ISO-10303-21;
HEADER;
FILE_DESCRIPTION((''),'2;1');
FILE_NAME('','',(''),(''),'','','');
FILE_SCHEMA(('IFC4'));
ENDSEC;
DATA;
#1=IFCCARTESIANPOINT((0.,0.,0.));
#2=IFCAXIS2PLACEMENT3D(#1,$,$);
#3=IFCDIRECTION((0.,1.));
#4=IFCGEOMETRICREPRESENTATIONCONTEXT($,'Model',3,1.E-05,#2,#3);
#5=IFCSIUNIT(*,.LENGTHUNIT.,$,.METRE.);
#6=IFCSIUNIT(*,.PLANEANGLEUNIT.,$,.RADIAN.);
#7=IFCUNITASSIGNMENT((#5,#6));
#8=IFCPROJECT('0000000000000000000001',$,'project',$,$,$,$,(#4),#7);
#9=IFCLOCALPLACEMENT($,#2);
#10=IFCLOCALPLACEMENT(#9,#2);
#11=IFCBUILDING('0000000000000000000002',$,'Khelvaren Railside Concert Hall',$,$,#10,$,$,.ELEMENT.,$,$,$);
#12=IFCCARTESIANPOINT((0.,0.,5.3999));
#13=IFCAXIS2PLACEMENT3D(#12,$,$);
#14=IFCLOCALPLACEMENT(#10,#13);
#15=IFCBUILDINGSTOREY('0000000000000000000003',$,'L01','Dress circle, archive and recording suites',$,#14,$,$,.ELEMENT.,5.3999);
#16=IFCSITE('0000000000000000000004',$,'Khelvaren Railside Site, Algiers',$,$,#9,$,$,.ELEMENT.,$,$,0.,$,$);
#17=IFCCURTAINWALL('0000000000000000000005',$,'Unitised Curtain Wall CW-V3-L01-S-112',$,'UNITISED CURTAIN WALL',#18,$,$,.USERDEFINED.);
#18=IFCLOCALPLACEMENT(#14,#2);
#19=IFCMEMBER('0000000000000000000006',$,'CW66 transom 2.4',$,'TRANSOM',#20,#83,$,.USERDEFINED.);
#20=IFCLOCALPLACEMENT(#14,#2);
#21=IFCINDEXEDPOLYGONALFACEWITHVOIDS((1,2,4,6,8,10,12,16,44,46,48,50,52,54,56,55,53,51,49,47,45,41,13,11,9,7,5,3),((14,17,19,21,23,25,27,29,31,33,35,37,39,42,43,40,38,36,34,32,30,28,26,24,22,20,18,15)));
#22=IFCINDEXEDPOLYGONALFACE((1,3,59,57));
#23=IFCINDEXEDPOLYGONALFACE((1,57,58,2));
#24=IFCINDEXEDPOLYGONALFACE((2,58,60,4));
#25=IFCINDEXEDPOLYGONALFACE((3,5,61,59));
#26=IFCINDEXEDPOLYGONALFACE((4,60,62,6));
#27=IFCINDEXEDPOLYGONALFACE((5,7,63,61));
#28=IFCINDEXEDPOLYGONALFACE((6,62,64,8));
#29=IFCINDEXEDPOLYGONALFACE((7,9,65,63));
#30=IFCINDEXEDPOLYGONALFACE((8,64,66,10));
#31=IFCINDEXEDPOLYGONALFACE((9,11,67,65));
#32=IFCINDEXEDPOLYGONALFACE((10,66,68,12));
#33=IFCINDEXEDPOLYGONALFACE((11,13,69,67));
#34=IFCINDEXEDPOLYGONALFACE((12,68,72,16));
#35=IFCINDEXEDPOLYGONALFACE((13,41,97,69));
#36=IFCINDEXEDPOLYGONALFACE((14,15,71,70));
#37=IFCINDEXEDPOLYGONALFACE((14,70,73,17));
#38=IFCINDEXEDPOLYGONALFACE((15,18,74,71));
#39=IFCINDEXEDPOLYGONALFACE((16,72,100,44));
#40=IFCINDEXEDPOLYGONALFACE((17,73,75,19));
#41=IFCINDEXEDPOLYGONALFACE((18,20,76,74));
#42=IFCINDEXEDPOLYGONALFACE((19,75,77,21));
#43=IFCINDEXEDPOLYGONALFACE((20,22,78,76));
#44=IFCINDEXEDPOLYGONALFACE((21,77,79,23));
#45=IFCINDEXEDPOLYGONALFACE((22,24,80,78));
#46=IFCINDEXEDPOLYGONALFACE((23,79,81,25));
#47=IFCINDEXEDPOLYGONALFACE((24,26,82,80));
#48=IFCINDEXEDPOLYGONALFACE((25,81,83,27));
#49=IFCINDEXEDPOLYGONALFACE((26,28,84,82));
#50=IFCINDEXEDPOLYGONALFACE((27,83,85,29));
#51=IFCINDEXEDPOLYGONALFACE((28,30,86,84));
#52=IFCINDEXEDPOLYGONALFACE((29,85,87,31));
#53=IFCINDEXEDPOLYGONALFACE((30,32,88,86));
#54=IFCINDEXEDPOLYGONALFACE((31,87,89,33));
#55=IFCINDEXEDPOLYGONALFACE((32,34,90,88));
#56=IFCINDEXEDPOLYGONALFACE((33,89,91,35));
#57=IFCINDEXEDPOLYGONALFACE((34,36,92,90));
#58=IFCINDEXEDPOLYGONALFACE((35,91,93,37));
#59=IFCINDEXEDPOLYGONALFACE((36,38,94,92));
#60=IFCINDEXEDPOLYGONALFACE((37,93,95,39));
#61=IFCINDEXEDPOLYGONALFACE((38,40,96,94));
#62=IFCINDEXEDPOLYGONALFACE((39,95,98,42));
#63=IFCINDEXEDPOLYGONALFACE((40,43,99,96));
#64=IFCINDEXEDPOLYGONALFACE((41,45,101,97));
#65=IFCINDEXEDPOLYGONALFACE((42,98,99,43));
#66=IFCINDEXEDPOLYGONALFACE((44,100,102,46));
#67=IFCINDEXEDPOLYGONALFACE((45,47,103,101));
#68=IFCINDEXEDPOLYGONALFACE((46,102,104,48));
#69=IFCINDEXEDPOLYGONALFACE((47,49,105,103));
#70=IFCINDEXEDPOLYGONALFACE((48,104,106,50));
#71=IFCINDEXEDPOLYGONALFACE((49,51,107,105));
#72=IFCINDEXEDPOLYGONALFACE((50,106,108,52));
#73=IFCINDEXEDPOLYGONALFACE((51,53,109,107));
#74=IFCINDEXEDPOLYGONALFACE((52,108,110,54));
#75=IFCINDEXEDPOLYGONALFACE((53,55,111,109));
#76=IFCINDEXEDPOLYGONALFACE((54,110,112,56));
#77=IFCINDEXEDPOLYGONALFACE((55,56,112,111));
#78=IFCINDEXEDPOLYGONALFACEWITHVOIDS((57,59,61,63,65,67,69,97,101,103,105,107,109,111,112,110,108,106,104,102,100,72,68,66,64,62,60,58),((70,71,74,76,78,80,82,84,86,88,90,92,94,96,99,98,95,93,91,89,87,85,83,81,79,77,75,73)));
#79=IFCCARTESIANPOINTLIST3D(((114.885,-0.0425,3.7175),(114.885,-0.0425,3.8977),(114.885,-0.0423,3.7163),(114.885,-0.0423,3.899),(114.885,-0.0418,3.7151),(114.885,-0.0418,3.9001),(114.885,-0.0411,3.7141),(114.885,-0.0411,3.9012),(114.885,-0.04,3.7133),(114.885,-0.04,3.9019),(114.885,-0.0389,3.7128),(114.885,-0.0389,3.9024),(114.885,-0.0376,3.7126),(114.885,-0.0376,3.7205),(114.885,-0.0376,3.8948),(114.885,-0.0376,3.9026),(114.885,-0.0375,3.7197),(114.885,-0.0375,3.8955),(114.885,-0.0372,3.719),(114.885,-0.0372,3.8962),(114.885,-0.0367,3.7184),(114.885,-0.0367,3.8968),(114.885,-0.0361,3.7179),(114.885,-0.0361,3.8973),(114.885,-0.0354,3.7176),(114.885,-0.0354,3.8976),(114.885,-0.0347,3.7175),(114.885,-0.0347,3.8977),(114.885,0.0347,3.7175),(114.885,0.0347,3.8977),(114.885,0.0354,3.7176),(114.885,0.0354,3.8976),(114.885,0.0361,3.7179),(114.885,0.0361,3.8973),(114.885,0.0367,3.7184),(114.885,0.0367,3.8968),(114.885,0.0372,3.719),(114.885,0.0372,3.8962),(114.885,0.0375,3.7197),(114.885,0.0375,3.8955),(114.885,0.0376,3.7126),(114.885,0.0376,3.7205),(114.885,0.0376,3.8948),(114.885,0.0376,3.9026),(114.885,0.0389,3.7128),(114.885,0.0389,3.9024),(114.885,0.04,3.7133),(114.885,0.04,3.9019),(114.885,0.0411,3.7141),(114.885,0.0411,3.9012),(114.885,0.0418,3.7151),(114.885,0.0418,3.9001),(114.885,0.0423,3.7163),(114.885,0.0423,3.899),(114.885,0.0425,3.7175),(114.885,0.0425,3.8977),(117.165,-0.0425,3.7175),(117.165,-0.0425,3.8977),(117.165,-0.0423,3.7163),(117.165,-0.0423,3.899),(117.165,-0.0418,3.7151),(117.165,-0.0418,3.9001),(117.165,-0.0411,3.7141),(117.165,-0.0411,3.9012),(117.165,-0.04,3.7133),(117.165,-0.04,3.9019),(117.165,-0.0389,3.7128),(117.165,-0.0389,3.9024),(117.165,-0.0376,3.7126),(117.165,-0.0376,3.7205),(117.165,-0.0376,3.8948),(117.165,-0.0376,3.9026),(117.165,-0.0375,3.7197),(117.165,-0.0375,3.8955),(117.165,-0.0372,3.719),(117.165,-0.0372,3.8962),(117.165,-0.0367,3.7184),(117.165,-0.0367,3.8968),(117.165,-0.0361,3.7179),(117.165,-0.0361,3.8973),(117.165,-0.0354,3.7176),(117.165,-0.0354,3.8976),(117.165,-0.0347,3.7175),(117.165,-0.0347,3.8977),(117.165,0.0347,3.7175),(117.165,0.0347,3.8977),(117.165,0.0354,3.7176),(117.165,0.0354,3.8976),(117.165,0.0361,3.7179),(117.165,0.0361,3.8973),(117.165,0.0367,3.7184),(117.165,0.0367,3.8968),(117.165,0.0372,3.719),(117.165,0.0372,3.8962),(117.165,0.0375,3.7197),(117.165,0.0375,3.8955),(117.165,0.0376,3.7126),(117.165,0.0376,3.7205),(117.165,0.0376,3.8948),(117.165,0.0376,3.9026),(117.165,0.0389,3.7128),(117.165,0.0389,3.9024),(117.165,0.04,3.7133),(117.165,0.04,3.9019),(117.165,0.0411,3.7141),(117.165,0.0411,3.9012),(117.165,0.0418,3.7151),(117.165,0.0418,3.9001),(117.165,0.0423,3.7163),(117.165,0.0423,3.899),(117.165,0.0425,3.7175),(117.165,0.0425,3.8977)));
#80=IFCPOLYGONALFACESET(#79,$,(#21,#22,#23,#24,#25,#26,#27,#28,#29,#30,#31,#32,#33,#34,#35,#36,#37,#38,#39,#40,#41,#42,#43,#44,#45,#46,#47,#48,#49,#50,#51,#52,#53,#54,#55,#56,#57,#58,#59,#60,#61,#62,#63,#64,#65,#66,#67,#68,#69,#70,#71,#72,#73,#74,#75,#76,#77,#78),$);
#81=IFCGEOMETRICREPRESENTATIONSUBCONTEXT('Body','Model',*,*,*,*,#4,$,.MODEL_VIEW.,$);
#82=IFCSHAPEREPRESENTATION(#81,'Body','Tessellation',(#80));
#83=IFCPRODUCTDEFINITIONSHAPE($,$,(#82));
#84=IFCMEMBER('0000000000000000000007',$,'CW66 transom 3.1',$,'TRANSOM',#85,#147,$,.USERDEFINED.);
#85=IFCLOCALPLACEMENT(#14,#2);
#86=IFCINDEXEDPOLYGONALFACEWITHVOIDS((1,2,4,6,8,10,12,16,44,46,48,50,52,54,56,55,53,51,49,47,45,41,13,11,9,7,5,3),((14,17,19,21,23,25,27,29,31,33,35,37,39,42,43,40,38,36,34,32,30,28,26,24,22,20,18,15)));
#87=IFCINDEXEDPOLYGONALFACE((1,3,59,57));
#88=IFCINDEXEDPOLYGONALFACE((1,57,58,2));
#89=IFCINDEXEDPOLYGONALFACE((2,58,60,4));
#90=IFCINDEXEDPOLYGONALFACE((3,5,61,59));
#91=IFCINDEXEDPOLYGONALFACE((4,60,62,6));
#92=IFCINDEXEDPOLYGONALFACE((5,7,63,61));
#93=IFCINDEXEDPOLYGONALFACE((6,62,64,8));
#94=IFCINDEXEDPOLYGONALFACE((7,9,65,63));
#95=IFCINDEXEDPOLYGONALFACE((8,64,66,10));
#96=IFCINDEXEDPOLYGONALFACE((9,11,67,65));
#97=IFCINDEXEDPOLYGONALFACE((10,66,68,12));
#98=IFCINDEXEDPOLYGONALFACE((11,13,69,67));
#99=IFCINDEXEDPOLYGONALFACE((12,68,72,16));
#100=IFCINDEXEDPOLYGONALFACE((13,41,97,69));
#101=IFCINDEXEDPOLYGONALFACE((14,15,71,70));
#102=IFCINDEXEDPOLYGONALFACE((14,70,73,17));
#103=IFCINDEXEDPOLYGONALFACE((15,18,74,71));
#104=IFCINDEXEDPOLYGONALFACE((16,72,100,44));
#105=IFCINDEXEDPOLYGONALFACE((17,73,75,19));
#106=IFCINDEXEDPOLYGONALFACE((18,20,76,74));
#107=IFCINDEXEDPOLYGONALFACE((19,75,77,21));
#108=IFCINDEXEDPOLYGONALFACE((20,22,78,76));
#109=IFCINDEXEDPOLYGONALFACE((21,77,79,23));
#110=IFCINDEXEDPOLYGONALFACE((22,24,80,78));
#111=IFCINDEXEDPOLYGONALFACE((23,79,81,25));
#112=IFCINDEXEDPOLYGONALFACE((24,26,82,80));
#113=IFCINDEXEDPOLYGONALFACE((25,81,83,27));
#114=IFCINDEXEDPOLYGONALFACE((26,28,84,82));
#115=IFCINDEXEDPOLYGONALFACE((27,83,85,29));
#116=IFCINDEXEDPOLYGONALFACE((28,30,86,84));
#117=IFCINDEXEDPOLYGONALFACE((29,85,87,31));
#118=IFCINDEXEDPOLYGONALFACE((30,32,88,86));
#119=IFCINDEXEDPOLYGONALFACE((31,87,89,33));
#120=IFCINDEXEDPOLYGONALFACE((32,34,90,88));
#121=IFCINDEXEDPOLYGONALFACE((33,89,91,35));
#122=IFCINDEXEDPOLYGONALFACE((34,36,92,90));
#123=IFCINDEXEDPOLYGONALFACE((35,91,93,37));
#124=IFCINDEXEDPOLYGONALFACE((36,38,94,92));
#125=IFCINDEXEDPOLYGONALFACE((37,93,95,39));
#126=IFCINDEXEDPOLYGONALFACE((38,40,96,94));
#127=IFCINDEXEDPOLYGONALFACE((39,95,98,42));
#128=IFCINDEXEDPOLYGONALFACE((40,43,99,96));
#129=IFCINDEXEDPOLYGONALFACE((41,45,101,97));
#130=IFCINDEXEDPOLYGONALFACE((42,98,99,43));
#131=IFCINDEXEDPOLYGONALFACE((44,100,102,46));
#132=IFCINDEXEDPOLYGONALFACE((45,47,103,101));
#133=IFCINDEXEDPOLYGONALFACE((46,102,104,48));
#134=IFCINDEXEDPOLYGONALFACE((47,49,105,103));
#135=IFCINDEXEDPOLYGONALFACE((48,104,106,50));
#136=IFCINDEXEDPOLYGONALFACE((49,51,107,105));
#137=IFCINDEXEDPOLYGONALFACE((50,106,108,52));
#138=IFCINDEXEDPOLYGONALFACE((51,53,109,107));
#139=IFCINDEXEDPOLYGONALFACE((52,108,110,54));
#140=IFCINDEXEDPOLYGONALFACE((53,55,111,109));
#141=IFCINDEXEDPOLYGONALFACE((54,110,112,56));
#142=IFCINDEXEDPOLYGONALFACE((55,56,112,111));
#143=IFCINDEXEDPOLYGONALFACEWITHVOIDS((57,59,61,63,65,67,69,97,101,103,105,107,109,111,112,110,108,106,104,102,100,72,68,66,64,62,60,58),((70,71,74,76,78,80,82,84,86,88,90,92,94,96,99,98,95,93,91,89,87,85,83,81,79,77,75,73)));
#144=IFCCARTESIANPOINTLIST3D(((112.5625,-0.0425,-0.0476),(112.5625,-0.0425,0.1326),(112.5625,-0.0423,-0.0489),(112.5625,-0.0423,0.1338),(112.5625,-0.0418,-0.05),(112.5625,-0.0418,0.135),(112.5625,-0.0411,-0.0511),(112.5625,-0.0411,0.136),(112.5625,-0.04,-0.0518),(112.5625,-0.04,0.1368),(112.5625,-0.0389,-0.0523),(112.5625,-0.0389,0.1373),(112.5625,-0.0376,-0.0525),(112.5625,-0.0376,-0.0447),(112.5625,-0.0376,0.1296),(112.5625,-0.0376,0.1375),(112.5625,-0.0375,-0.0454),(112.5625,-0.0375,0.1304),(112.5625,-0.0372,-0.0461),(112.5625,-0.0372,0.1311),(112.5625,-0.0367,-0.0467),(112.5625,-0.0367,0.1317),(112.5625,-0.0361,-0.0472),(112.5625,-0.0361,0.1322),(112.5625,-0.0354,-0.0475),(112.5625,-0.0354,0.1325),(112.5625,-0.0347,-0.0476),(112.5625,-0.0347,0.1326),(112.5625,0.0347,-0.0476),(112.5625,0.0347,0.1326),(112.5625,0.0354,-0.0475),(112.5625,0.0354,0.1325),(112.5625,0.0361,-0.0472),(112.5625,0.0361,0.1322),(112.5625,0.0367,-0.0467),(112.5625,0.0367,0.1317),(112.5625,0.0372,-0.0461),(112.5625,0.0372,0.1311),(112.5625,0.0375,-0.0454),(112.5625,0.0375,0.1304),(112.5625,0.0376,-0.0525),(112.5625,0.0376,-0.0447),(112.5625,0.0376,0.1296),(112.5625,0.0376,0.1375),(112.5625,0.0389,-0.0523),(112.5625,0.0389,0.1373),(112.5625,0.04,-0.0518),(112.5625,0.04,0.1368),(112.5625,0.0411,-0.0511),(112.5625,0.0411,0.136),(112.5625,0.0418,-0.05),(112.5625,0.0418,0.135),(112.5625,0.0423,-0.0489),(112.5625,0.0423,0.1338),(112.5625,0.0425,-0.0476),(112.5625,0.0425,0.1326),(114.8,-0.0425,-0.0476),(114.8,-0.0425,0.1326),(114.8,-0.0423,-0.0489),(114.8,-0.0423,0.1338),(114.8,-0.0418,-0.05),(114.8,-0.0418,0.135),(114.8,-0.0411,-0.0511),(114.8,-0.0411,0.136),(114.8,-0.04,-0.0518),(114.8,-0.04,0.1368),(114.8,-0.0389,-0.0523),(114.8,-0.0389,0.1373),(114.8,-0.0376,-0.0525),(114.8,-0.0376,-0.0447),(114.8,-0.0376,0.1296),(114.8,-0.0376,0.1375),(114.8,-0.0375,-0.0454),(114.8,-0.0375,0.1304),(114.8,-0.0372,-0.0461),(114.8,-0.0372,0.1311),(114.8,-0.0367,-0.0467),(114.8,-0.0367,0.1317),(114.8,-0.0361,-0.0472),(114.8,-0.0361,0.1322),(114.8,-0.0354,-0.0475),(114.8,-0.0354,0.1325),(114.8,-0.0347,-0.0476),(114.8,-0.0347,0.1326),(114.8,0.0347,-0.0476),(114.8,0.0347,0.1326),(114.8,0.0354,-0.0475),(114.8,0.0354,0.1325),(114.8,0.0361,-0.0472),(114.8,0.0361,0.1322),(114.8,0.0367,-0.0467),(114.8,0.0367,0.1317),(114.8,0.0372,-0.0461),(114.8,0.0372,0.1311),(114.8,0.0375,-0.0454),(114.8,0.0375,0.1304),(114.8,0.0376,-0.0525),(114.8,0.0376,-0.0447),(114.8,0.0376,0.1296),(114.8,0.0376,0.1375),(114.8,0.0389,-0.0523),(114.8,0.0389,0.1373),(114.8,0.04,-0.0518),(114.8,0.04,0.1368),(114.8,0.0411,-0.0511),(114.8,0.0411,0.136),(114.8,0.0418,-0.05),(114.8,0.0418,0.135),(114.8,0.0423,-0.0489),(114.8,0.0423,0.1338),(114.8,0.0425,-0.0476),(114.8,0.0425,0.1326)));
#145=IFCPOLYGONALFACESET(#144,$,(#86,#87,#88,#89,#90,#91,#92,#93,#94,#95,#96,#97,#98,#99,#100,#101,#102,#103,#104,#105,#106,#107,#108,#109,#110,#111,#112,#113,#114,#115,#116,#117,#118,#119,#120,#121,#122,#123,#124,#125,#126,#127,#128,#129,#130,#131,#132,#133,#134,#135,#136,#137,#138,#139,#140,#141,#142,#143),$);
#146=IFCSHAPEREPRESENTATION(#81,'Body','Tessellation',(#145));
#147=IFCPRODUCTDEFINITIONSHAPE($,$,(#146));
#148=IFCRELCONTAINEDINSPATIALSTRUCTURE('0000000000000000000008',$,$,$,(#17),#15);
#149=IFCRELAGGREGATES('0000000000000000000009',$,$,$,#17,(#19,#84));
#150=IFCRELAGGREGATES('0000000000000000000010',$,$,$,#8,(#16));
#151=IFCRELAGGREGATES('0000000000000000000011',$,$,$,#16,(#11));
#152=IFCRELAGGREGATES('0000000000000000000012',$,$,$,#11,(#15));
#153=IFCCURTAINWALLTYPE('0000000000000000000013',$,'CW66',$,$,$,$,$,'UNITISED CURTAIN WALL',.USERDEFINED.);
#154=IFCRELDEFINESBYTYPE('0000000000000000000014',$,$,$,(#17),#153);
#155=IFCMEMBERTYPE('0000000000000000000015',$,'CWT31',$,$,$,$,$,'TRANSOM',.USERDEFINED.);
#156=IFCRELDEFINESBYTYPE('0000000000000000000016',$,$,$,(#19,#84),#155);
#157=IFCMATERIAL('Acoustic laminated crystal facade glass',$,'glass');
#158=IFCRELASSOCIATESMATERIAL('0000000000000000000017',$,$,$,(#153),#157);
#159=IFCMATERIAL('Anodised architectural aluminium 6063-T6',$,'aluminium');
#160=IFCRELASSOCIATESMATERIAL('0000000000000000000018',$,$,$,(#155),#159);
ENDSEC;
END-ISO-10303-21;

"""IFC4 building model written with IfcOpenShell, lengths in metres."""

from ifc_helpers import new_model, si_unit, direction, frame, origin, origin_2d, place, context, subcontext, project, spatial, hollow_rectangle, extrude, material, material_profile, profile_set, type_object, element, aggregate, save


model = new_model("IFC4")

# Units and contexts
model_context = context("Model", 3, precision=1e-05, world=origin(), true_north=direction((0.0, 1.0)))
body_context = subcontext(model_context, "Body", "Model", "MODEL_VIEW")
ifc_project = project(units=[si_unit("LENGTHUNIT", "METRE"), si_unit("PLANEANGLEUNIT", "RADIAN")], contexts=[model_context])

# Site, building, storey
site_placement = place(None, origin())
site = spatial("IfcSite", under=ifc_project, at=site_placement, Name="Khelvaren Railside Site, Algiers", CompositionType="ELEMENT", RefElevation=0.0)
building_placement = place(site_placement, origin())
building = spatial("IfcBuilding", under=site, at=building_placement, Name="Khelvaren Railside Concert Hall", CompositionType="ELEMENT")
storey_placement = place(building_placement, frame((0.0, 0.0, 5.3999)))
storey = spatial("IfcBuildingStorey", under=building, at=storey_placement, Name="L01", Description="Dress circle, archive and recording suites", CompositionType="ELEMENT", Elevation=5.3999)

# Curtain wall, members
ifc_material_1 = material(Name="Acoustic laminated crystal facade glass", Category="glass")
curtain_wall_type = type_object("IfcCurtainWallType", Name="CW66", ElementType="UNITISED CURTAIN WALL", PredefinedType="USERDEFINED", material=ifc_material_1)
curtain_wall_placement = place(storey_placement, origin())
curtain_wall = element("IfcCurtainWall", 1, at=curtain_wall_placement, inside=storey, type_object=curtain_wall_type, Name="Unitised Curtain Wall CW-V3-L01-S-112", ObjectType="UNITISED CURTAIN WALL", PredefinedType="USERDEFINED")
ifc_material_2 = material(Name="Anodised architectural aluminium 6063-T6", Category="aluminium")
ifc_material_profile_1 = material_profile(ifc_material_2, hollow_rectangle(XDim=0.085, YDim=0.1899, WallThickness=0.0049, InnerFilletRadius=0.0029, OuterFilletRadius=0.0049, at=origin_2d()), Name="CWT 85x190x5")
ifc_profile_set_1 = profile_set([ifc_material_profile_1], Name="Anodised architectural aluminium 6063-T6")
member_type_1 = type_object("IfcMemberType", Name="CWT31", ElementType="TRANSOM", PredefinedType="USERDEFINED", material=ifc_profile_set_1)
member_1_placement = place(storey_placement, frame((117.165, 0.0, 3.8076), z_axis=(-1.0, 0.0, 0.0), x_axis=(0.0, -1.0, 0.0)))
member_1 = element("IfcMember", 2, at=member_1_placement, type_object=member_type_1, Name="CW66 transom 2.4", ObjectType="TRANSOM", PredefinedType="USERDEFINED", context=body_context, shape_type="SweptSolid", body=[
    extrude(hollow_rectangle(XDim=0.085, YDim=0.1899, WallThickness=0.0049, InnerFilletRadius=0.0029, OuterFilletRadius=0.0049, at=origin_2d()), origin(), (0.0, 0.0, 1.0), 2.28),
])
member_2_placement = place(storey_placement, frame((114.8, 0.0, 0.0425), z_axis=(-1.0, 0.0, 0.0), x_axis=(0.0, -1.0, 0.0)))
member_2 = element("IfcMember", 3, at=member_2_placement, type_object=member_type_1, Name="CW66 transom 3.1", ObjectType="TRANSOM", PredefinedType="USERDEFINED", context=body_context, shape_type="SweptSolid", body=[
    extrude(hollow_rectangle(XDim=0.085, YDim=0.1899, WallThickness=0.0049, InnerFilletRadius=0.0029, OuterFilletRadius=0.0049, at=origin_2d()), origin(), (0.0, 0.0, 1.0), 2.2375),
])

aggregate(curtain_wall, [member_1, member_2])

save(model, "model.ifc")
